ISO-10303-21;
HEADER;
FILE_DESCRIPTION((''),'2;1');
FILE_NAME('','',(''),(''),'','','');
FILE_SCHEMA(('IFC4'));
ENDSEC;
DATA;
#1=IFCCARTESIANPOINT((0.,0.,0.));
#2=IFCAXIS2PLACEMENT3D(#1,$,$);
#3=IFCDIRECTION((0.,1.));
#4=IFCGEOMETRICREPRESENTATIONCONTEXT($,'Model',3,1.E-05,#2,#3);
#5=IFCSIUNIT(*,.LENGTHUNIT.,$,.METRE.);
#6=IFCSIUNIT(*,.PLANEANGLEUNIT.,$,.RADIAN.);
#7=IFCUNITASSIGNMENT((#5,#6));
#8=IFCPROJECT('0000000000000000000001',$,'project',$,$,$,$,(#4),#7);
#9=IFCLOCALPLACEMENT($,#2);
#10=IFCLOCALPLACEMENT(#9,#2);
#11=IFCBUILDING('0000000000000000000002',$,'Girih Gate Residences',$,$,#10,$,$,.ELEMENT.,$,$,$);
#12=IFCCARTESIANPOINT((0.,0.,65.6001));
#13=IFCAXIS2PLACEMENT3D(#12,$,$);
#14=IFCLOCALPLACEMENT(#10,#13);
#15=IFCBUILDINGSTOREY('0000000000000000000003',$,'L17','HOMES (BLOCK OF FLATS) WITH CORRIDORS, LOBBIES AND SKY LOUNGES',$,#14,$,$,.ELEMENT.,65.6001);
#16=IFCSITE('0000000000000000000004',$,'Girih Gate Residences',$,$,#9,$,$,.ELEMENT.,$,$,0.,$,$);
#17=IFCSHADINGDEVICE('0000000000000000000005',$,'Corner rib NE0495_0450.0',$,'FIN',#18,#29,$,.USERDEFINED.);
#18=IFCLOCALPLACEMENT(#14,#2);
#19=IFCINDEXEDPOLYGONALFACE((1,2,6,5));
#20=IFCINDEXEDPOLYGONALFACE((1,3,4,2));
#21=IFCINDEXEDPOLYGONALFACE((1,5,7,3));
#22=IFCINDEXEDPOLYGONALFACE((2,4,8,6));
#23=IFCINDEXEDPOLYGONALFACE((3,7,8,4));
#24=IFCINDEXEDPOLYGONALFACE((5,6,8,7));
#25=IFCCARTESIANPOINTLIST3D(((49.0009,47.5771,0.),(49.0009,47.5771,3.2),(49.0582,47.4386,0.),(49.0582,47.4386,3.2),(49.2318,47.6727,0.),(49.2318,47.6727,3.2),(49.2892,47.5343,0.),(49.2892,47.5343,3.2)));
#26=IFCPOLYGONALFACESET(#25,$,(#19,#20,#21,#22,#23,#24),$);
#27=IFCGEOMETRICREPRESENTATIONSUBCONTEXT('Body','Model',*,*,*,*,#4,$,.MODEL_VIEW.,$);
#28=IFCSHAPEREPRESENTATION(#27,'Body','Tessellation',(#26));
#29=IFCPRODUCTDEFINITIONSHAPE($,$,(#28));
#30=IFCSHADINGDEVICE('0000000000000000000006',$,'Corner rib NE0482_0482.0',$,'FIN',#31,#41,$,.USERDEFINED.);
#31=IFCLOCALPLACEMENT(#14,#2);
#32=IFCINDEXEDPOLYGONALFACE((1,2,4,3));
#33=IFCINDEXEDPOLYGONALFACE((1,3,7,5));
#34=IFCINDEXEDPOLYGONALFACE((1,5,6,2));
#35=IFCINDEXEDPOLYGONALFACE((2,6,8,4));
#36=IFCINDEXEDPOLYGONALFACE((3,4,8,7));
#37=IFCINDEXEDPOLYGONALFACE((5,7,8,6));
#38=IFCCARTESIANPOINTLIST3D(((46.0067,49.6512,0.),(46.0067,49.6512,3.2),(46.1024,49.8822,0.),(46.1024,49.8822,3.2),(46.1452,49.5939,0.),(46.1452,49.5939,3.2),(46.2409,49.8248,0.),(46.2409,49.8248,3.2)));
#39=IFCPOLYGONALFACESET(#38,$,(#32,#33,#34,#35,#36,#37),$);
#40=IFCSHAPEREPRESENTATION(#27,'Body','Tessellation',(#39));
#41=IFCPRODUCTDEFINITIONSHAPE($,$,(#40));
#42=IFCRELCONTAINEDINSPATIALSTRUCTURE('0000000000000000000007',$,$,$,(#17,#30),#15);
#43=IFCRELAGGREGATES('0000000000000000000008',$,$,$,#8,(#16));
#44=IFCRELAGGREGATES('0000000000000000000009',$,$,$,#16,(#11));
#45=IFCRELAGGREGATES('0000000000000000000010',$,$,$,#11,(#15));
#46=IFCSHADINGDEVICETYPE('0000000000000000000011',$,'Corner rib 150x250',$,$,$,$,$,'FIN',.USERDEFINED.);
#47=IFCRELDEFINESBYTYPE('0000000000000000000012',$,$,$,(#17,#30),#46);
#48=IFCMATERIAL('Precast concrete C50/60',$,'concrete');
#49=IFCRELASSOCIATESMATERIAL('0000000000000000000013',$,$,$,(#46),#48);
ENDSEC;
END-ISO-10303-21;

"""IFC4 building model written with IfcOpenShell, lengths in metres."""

from ifc_helpers import new_model, si_unit, direction, frame, origin, origin_2d, place, context, subcontext, project, spatial, rectangle, extrude, material, type_object, element, save


model = new_model("IFC4")

# Units and contexts
model_context = context("Model", 3, precision=1e-05, world=origin(), true_north=direction((0.0, 1.0)))
body_context = subcontext(model_context, "Body", "Model", "MODEL_VIEW")
ifc_project = project(units=[si_unit("LENGTHUNIT", "METRE"), si_unit("PLANEANGLEUNIT", "RADIAN")], contexts=[model_context])

# Site, building, storey
site_placement = place(None, origin())
site = spatial("IfcSite", under=ifc_project, at=site_placement, Name="Girih Gate Residences", CompositionType="ELEMENT", RefElevation=0.0)
building_placement = place(site_placement, origin())
building = spatial("IfcBuilding", under=site, at=building_placement, Name="Girih Gate Residences", CompositionType="ELEMENT")
storey_placement = place(building_placement, frame((0.0, 0.0, 65.6001)))
storey = spatial("IfcBuildingStorey", under=building, at=storey_placement, Name="L17", Description="HOMES (BLOCK OF FLATS) WITH CORRIDORS, LOBBIES AND SKY LOUNGES", CompositionType="ELEMENT", Elevation=65.6001)

# Shared definitions
ifc_material_1 = material(Name="Precast concrete C50/60", Category="concrete")

# Shading devices
shading_device_type = type_object("IfcShadingDeviceType", Name="Corner rib 150x250", ElementType="FIN", PredefinedType="USERDEFINED", material=ifc_material_1)
for number, where, z_axis, x_axis, name in (
    (1, (49.145, 47.5557, 0.0), (0.0, 0.0, 1.0), (-0.382683, 0.92388, 0.0), "Corner rib NE0495_0450.0"),
    (2, (46.1238, 49.738, 0.0), (0.0, 0.0, 1.0), (-0.92388, 0.382683, 0.0), "Corner rib NE0482_0482.0"),
):
    element("IfcShadingDevice", number, at=place(storey_placement, frame(where, z_axis=z_axis, x_axis=x_axis)), inside=storey, type_object=shading_device_type, Name=name, ObjectType="FIN", PredefinedType="USERDEFINED", context=body_context, shape_type="SweptSolid", body=[
        extrude(rectangle(XDim=0.1499, YDim=0.25, at=origin_2d()), origin(), (0.0, 0.0, 1.0), 3.2),
    ])

save(model, "model.ifc")
